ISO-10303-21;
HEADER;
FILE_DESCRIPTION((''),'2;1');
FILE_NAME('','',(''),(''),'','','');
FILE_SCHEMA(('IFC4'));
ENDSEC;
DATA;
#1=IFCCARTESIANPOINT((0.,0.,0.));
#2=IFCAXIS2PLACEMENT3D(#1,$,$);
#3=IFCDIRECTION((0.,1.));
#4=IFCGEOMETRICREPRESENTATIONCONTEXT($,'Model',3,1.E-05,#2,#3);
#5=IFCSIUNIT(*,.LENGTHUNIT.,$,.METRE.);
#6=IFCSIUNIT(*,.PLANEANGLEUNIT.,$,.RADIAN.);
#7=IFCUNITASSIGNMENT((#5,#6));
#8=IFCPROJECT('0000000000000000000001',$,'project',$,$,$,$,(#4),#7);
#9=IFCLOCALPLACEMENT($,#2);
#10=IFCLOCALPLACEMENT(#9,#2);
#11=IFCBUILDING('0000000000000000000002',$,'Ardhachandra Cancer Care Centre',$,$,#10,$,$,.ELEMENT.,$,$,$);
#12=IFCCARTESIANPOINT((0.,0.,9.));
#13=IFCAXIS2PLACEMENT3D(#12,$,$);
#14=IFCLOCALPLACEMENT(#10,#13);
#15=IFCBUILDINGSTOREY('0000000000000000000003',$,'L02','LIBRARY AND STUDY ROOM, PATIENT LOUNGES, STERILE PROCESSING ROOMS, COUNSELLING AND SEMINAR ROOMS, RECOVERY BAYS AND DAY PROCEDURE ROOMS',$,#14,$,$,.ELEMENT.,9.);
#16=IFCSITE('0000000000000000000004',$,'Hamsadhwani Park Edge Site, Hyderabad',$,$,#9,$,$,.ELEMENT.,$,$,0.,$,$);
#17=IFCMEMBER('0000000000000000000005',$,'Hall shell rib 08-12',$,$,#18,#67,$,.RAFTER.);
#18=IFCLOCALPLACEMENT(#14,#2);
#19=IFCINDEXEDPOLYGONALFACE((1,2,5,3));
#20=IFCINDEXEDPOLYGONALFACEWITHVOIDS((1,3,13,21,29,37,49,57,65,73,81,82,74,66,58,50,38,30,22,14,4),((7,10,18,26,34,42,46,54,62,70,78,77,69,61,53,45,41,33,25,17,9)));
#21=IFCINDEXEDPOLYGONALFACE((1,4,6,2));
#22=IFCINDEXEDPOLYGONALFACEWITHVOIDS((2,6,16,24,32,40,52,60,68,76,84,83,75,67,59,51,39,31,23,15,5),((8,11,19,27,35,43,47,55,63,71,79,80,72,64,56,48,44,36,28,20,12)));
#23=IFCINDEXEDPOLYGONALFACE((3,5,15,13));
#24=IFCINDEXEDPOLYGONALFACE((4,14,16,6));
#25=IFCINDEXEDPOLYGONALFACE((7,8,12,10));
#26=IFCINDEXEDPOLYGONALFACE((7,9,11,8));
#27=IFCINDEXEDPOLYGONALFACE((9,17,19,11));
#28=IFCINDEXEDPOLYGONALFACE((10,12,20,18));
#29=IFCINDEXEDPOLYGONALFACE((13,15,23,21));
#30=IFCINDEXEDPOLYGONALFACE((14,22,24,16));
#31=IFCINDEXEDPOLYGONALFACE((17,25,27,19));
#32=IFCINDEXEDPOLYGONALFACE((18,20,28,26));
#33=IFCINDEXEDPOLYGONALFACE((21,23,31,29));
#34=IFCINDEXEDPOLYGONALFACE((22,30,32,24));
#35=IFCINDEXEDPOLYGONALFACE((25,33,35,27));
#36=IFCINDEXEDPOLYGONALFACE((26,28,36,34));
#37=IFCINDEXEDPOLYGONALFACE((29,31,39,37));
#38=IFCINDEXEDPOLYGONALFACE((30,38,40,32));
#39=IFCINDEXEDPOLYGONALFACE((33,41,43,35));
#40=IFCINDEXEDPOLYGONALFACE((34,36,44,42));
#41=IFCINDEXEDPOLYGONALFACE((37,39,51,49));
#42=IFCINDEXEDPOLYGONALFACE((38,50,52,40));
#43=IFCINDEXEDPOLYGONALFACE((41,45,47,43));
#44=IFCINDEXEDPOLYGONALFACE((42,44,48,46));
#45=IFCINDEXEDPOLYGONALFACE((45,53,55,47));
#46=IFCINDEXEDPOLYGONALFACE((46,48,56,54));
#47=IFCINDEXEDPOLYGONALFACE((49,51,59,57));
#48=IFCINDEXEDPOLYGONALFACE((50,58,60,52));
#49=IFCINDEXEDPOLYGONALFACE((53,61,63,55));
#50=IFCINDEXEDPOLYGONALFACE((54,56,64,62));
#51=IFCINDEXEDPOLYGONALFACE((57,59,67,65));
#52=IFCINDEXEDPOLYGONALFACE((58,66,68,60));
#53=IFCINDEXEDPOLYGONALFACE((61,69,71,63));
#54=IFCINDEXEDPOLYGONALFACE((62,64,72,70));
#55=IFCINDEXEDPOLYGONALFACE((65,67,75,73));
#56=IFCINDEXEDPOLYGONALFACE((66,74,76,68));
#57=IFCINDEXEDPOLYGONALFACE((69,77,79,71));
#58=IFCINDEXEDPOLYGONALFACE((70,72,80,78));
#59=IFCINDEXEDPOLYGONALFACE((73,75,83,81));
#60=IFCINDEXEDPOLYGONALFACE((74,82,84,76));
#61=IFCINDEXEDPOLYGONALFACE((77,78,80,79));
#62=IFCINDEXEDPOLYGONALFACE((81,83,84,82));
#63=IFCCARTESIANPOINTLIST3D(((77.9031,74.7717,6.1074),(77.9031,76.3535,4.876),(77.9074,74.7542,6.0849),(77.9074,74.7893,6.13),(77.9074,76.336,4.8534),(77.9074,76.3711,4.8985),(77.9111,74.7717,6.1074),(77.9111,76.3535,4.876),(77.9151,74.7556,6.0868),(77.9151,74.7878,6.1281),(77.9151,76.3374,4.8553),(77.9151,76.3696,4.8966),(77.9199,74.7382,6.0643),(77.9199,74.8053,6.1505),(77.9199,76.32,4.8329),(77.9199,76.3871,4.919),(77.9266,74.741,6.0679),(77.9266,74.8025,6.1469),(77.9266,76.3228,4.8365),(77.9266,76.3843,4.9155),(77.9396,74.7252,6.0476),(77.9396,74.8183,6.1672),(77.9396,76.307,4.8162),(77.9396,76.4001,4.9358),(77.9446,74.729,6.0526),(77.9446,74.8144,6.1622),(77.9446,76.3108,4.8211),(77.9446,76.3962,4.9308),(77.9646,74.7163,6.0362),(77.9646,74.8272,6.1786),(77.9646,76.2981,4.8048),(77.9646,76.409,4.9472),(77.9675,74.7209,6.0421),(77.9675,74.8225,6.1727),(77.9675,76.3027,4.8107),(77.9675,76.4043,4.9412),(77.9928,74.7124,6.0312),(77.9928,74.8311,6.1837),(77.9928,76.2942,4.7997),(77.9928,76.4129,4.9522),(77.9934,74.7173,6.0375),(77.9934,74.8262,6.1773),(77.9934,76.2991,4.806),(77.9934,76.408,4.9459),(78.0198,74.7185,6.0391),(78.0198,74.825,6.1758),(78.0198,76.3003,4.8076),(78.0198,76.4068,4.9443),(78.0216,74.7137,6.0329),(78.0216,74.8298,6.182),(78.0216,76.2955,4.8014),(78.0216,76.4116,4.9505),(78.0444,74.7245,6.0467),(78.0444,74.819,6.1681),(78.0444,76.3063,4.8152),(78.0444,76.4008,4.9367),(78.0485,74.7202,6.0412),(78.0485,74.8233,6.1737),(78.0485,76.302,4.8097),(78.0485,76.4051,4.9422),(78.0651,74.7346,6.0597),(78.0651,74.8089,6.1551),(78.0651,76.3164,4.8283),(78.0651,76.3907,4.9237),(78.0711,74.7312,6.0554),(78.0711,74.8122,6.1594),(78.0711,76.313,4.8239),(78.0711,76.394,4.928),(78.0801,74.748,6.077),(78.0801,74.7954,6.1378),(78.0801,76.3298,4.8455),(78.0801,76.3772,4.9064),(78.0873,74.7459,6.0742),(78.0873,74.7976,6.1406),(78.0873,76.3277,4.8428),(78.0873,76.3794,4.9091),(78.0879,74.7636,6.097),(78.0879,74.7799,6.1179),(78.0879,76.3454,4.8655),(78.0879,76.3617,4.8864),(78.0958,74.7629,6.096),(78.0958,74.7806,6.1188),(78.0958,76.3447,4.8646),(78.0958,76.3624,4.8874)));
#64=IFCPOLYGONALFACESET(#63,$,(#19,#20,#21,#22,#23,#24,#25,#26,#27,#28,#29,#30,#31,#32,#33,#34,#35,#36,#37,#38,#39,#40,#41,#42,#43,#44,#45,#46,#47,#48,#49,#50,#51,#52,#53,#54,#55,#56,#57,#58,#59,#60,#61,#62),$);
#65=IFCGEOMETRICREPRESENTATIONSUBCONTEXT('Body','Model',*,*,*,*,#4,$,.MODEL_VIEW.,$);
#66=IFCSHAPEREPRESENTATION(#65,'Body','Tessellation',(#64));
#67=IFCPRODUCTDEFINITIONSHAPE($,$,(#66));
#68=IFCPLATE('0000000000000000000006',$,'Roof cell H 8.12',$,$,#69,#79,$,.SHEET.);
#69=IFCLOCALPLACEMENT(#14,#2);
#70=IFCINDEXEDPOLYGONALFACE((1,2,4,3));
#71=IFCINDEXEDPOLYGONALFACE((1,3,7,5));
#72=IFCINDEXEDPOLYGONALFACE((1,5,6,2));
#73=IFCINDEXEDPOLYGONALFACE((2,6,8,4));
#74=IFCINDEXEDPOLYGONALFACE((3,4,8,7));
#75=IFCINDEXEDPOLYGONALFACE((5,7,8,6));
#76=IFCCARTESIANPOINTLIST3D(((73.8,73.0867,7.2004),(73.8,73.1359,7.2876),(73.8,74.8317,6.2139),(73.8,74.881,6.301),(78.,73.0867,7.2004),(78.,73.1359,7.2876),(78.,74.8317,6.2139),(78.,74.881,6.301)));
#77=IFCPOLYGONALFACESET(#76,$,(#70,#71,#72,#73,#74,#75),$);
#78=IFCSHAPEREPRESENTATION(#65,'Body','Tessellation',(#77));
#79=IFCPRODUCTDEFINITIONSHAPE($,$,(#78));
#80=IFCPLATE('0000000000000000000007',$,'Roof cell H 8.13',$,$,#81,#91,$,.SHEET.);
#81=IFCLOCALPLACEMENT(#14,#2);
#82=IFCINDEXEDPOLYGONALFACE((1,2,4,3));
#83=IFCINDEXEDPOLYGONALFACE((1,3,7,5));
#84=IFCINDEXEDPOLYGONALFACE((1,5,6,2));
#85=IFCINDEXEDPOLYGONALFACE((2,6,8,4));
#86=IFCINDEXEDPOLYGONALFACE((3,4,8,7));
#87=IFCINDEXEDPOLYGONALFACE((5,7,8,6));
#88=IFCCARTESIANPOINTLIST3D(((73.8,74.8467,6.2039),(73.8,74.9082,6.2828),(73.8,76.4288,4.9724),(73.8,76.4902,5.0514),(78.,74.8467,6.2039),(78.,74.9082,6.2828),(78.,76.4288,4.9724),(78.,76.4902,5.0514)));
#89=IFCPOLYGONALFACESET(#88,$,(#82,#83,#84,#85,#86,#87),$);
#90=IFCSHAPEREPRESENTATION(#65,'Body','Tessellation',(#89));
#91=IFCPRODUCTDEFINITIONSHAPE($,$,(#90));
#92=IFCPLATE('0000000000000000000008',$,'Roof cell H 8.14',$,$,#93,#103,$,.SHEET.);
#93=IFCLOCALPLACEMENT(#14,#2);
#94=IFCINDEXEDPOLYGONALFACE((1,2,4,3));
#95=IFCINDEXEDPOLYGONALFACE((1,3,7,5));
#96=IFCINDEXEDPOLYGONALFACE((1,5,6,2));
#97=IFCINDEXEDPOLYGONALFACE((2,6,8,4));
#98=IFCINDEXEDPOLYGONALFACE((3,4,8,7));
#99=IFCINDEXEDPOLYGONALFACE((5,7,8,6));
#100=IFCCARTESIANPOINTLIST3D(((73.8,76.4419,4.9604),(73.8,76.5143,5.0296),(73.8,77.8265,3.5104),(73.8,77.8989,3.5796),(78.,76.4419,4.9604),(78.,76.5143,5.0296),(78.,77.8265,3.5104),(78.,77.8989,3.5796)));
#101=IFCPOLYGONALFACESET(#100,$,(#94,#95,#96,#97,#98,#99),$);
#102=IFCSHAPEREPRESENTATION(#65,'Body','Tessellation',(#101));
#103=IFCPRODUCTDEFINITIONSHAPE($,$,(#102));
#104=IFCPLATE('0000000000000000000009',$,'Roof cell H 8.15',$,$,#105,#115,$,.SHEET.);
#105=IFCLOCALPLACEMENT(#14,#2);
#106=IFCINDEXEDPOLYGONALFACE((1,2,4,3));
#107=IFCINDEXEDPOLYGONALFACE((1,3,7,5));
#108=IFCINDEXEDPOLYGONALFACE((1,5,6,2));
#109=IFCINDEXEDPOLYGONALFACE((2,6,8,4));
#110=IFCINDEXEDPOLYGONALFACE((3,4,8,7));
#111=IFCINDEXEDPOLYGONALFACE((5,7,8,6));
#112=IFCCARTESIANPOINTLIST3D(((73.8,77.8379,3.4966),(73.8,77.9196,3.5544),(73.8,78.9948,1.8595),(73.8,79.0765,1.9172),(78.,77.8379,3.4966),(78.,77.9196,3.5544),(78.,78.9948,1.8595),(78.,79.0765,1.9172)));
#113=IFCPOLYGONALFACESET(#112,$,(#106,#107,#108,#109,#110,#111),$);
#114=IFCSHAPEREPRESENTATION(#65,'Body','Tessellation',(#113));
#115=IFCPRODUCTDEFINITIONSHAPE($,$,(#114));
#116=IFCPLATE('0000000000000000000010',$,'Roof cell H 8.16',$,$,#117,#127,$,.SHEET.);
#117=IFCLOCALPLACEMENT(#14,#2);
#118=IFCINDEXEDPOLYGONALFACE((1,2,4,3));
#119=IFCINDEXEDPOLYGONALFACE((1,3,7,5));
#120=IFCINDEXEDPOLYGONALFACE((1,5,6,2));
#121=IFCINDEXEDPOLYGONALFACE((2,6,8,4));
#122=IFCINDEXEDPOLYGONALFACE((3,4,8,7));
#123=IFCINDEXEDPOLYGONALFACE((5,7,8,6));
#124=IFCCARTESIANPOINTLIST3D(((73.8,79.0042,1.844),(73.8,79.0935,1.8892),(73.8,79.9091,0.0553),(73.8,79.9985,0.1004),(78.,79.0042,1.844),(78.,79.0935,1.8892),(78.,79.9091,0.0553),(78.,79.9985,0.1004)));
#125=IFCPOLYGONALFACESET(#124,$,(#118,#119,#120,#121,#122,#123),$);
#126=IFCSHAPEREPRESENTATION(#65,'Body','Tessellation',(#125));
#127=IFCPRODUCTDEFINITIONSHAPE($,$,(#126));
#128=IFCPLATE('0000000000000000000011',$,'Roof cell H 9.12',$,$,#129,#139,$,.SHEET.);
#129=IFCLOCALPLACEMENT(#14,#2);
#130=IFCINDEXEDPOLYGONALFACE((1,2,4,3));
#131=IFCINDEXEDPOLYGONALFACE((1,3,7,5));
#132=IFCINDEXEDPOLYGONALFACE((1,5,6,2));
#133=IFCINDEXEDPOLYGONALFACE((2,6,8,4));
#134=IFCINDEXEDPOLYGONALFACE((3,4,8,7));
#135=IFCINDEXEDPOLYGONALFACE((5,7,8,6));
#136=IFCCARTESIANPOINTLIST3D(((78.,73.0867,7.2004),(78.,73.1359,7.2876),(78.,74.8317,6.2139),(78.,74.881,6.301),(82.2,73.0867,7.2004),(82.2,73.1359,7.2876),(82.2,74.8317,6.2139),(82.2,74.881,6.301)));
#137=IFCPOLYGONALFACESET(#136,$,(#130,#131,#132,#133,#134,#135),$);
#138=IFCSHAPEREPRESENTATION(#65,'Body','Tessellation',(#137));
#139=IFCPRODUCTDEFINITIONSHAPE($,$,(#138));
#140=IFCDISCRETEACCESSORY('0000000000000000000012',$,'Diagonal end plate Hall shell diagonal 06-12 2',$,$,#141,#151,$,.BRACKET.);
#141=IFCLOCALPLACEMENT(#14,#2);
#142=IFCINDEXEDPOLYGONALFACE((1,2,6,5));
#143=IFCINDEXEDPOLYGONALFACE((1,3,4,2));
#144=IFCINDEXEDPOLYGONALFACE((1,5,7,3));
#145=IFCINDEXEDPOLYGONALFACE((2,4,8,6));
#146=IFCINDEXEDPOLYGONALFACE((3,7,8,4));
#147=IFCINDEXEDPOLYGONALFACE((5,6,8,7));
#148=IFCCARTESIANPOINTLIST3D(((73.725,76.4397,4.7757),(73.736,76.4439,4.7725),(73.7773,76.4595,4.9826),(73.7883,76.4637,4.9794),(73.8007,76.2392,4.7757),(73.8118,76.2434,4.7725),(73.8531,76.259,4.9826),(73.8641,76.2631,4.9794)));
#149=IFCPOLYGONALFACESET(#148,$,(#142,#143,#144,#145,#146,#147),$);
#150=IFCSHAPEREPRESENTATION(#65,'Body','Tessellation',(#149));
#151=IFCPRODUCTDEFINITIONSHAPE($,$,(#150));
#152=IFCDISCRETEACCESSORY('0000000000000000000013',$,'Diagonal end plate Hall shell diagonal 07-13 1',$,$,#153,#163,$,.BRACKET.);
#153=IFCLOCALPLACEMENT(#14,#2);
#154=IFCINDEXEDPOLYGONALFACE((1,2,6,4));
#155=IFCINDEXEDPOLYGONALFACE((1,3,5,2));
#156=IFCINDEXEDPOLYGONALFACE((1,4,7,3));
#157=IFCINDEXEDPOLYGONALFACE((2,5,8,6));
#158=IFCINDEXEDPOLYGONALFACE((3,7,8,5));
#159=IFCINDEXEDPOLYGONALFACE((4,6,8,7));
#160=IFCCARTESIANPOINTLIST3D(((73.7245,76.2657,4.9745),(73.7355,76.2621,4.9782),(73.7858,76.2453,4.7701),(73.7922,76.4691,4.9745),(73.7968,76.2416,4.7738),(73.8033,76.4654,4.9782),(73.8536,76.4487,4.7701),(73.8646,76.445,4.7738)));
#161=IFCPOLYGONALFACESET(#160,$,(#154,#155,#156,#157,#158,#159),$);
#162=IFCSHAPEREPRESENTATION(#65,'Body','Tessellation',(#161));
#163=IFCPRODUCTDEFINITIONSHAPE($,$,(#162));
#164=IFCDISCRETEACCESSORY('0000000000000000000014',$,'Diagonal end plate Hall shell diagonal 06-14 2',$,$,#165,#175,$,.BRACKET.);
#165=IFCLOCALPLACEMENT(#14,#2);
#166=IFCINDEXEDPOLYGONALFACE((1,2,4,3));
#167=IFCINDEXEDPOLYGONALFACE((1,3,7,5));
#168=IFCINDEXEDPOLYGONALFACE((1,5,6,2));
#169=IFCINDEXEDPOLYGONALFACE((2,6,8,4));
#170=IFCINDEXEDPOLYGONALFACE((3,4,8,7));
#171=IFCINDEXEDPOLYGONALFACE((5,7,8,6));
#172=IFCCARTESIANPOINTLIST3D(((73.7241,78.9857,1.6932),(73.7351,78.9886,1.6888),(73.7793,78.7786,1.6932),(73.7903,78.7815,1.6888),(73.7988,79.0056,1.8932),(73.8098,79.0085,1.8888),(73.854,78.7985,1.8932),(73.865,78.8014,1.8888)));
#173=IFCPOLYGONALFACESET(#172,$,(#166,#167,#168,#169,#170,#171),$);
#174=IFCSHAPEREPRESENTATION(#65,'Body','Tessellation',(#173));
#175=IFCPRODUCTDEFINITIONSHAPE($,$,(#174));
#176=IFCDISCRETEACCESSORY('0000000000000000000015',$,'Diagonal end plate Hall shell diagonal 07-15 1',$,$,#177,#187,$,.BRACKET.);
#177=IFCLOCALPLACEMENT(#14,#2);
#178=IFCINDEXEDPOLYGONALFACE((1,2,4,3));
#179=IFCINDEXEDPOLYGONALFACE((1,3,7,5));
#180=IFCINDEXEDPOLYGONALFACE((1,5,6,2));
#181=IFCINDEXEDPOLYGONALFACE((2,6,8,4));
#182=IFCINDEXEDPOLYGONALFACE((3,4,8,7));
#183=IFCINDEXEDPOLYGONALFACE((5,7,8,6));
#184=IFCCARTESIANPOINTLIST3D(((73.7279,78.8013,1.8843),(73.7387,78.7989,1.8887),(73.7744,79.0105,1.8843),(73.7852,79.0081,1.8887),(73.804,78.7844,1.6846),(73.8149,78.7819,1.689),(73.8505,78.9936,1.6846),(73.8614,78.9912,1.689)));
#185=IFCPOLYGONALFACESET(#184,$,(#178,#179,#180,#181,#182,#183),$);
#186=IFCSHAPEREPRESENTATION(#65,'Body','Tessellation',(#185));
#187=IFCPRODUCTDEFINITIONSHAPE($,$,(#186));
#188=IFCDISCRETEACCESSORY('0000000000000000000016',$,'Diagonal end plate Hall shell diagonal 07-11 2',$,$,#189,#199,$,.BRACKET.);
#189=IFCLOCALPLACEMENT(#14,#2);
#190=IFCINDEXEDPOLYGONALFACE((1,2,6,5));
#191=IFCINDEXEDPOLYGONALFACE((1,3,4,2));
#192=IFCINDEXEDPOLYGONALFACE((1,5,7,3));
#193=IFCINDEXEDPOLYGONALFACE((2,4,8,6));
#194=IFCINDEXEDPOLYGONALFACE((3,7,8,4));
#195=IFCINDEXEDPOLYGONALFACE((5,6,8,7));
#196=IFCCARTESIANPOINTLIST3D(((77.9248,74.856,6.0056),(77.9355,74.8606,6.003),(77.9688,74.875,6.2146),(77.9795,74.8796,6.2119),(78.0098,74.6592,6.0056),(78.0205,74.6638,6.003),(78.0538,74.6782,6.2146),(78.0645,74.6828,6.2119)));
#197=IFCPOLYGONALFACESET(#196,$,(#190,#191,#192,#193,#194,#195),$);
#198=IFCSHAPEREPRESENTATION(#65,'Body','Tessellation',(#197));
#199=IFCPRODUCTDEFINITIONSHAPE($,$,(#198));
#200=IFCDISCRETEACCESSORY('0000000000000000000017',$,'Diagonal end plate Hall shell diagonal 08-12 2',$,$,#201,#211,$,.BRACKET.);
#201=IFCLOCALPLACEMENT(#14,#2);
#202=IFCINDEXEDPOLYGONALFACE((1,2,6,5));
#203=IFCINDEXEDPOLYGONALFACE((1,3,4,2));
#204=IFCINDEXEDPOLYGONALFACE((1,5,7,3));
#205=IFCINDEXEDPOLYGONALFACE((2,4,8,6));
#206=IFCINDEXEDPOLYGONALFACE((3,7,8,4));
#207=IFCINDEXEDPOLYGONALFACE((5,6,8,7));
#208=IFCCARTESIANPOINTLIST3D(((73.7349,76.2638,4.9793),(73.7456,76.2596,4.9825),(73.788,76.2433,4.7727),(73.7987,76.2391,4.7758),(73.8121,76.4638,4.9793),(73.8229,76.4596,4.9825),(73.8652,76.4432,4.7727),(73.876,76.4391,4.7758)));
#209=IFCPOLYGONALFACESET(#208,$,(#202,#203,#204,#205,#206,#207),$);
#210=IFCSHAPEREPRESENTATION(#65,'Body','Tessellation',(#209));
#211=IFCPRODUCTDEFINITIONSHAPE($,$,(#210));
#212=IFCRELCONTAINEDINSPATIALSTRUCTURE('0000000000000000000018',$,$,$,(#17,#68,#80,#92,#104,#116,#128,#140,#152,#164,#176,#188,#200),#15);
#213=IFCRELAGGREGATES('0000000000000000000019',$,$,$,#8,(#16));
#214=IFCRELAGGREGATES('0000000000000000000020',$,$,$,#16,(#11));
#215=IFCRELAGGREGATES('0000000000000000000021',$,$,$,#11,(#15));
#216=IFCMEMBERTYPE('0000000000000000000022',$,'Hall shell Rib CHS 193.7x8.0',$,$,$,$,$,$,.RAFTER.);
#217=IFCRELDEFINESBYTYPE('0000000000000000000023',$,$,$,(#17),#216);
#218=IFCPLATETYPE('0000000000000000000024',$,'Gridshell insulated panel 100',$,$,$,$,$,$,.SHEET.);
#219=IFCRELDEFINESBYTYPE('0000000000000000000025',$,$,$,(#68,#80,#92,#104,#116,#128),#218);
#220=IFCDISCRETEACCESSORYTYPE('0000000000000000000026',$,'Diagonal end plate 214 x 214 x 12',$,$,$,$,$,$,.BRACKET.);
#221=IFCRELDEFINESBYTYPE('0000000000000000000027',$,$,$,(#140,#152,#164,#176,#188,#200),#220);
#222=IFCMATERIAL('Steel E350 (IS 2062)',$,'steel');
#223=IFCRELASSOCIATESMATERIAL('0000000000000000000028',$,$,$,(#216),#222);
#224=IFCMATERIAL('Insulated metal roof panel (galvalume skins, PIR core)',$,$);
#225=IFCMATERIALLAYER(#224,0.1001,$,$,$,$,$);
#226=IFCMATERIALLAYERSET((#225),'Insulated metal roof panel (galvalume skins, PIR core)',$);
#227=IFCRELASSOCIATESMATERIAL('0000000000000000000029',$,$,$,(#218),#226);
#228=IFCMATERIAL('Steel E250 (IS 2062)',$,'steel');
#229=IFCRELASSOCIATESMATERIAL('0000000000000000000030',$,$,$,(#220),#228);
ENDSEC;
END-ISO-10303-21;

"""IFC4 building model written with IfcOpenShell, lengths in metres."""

from ifc_helpers import new_model, si_unit, direction, frame, origin, origin_2d, place, context, subcontext, project, spatial, polyline, rectangle, hollow_circle, outline, extrude, material, layer, layer_set, material_profile, profile_set, type_object, element, save


model = new_model("IFC4")

# Units and contexts
model_context = context("Model", 3, precision=1e-05, world=origin(), true_north=direction((0.0, 1.0)))
body_context = subcontext(model_context, "Body", "Model", "MODEL_VIEW")
ifc_project = project(units=[si_unit("LENGTHUNIT", "METRE"), si_unit("PLANEANGLEUNIT", "RADIAN")], contexts=[model_context])

# Site, building, storey
site_placement = place(None, origin())
site = spatial("IfcSite", under=ifc_project, at=site_placement, Name="Hamsadhwani Park Edge Site, Hyderabad", CompositionType="ELEMENT", RefElevation=0.0)
building_placement = place(site_placement, origin())
building = spatial("IfcBuilding", under=site, at=building_placement, Name="Ardhachandra Cancer Care Centre", CompositionType="ELEMENT")
storey_placement = place(building_placement, frame((0.0, 0.0, 9.0)))
storey = spatial("IfcBuildingStorey", under=building, at=storey_placement, Name="L02", Description="LIBRARY AND STUDY ROOM, PATIENT LOUNGES, STERILE PROCESSING ROOMS, COUNSELLING AND SEMINAR ROOMS, RECOVERY BAYS AND DAY PROCEDURE ROOMS", CompositionType="ELEMENT", Elevation=9.0)

# Member
ifc_material_1 = material(Name="Steel E350 (IS 2062)", Category="steel")
ifc_material_profile_1 = material_profile(ifc_material_1, hollow_circle(Radius=0.0969, WallThickness=0.0081, at=origin_2d()), Name="CHS 193.7x8.0")
ifc_profile_set_1 = profile_set([ifc_material_profile_1], Name="Steel E350 (IS 2062)")
member_type_1 = type_object("IfcMemberType", Name="Hall shell Rib CHS 193.7x8.0", PredefinedType="RAFTER", material=ifc_profile_set_1)
for number, where, z_axis, x_axis, name in (
    (1, (78.0, 74.7717, 6.1074), (0.0, 0.78907, -0.614303), (-1.0, 0.0, 0.0), "Hall shell rib 08-12"),
):
    element("IfcMember", number, at=place(storey_placement, frame(where, z_axis=z_axis, x_axis=x_axis)), inside=storey, type_object=member_type_1, Name=name, PredefinedType="RAFTER", context=body_context, shape_type="SweptSolid", body=[
        extrude(hollow_circle(Radius=0.0969, WallThickness=0.0081, at=origin_2d()), origin(), (0.0, 0.0, 1.0), 2.0046),
    ])

# Plates
ifc_material_2 = material(Name="Insulated metal roof panel (galvalume skins, PIR core)")
ifc_layer = layer(ifc_material_2, 0.1001)
ifc_layer_set = layer_set([ifc_layer], Name="Insulated metal roof panel (galvalume skins, PIR core)")
plate_type = type_object("IfcPlateType", Name="Gridshell insulated panel 100", PredefinedType="SHEET", material=ifc_layer_set)
plate_placement = place(storey_placement, frame((73.8, 73.0867, 7.2004), z_axis=(0.0, 0.492134, 0.87052), x_axis=(1.0, 0.0, 0.0)))
element("IfcPlate", 2, at=plate_placement, inside=storey, type_object=plate_type, Name="Roof cell H 8.12", PredefinedType="SHEET", context=body_context, shape_type="SweptSolid", body=[
    extrude(outline(polyline([(0.0, 0.0), (4.2, 0.0), (4.2, 2.0046), (0.0, 2.0046), (0.0, 0.0)])), origin(), (0.0, 0.0, 1.0), 0.1001),
])
for number, where, z_axis, x_axis, name in (
    (3, (73.8, 74.8467, 6.2039), (0.0, 0.614244, 0.789116), (1.0, 0.0, 0.0), "Roof cell H 8.13"),
    (4, (73.8, 76.4419, 4.9604), (0.0, 0.723237, 0.6906), (1.0, 0.0, 0.0), "Roof cell H 8.14"),
):
    element("IfcPlate", number, at=place(storey_placement, frame(where, z_axis=z_axis, x_axis=x_axis)), inside=storey, type_object=plate_type, Name=name, PredefinedType="SHEET", context=body_context, shape_type="SweptSolid", body=[
        extrude(outline(polyline([(0.0, 0.0), (4.2, 0.0), (4.2, 2.0049), (0.0, 2.0049), (0.0, 0.0)])), origin(), (0.0, 0.0, 1.0), 0.1001),
    ])
for number, where, z_axis, x_axis, name in (
    (5, (73.8, 77.8379, 3.4966), (0.0, 0.816661, 0.577118), (1.0, 0.0, 0.0), "Roof cell H 8.15"),
    (6, (73.8, 79.0042, 1.844), (0.0, 0.892298, 0.451447), (1.0, 0.0, 0.0), "Roof cell H 8.16"),
    (7, (78.0, 73.0867, 7.2004), (0.0, 0.492134, 0.87052), (1.0, 0.0, 0.0), "Roof cell H 9.12"),
):
    element("IfcPlate", number, at=place(storey_placement, frame(where, z_axis=z_axis, x_axis=x_axis)), inside=storey, type_object=plate_type, Name=name, PredefinedType="SHEET", context=body_context, shape_type="SweptSolid", body=[
        extrude(outline(polyline([(0.0, 0.0), (4.2, 0.0), (4.2, 2.0046), (0.0, 2.0046), (0.0, 0.0)])), origin(), (0.0, 0.0, 1.0), 0.1001),
    ])

# Discrete accessories
ifc_material_3 = material(Name="Steel E250 (IS 2062)", Category="steel")
ifc_material_profile_2 = material_profile(ifc_material_3, rectangle(XDim=0.2144, YDim=0.2144, at=origin_2d()), Name="PL 214x214x12")
ifc_profile_set_2 = profile_set([ifc_material_profile_2], Name="Steel E250 (IS 2062)")
discrete_accessory_type = type_object("IfcDiscreteAccessoryType", Name="Diagonal end plate 214 x 214 x 12", PredefinedType="BRACKET", material=ifc_profile_set_2)
for number, where, z_axis, x_axis, name in (
    (8, (73.8, 76.3535, 4.876), (-0.903076, -0.341162, 0.260889), (0.353401, -0.935472, 0.0), "Diagonal end plate Hall shell diagonal 06-12 2"),
    (9, (73.8, 76.3535, 4.876), (-0.904534, 0.301511, -0.301511), (-0.316228, -0.948683, 0.0), "Diagonal end plate Hall shell diagonal 07-13 1"),
    (10, (73.8, 78.895, 1.7888), (-0.901263, -0.240337, 0.360505), (0.257663, -0.966235, 0.0), "Diagonal end plate Hall shell diagonal 06-14 2"),
):
    element("IfcDiscreteAccessory", number, at=place(storey_placement, frame(where, z_axis=z_axis, x_axis=x_axis)), inside=storey, type_object=discrete_accessory_type, Name=name, PredefinedType="BRACKET", context=body_context, shape_type="SweptSolid", body=[
        extrude(rectangle(XDim=0.2144, YDim=0.2144, at=origin_2d()), origin(), (0.0, 0.0, 1.0), 0.0122),
    ])
for number, where, z_axis, x_axis, name in (
    (11, (73.8, 78.895, 1.7888), (-0.909323, 0.202072, -0.363729), (-0.21693, -0.976187, 0.0), "Diagonal end plate Hall shell diagonal 07-15 1"),
    (12, (78.0, 74.7717, 6.1074), (-0.894797, -0.38639, 0.223699), (0.396436, -0.918062, 0.0), "Diagonal end plate Hall shell diagonal 07-11 2"),
    (13, (73.8, 76.3535, 4.876), (0.899271, -0.347446, 0.265694), (0.360399, 0.932798, 0.0), "Diagonal end plate Hall shell diagonal 08-12 2"),
):
    element("IfcDiscreteAccessory", number, at=place(storey_placement, frame(where, z_axis=z_axis, x_axis=x_axis)), inside=storey, type_object=discrete_accessory_type, Name=name, PredefinedType="BRACKET", context=body_context, shape_type="SweptSolid", body=[
        extrude(rectangle(XDim=0.2144, YDim=0.2144, at=origin_2d()), origin(), (0.0, 0.0, 1.0), 0.012),
    ])

save(model, "model.ifc")
